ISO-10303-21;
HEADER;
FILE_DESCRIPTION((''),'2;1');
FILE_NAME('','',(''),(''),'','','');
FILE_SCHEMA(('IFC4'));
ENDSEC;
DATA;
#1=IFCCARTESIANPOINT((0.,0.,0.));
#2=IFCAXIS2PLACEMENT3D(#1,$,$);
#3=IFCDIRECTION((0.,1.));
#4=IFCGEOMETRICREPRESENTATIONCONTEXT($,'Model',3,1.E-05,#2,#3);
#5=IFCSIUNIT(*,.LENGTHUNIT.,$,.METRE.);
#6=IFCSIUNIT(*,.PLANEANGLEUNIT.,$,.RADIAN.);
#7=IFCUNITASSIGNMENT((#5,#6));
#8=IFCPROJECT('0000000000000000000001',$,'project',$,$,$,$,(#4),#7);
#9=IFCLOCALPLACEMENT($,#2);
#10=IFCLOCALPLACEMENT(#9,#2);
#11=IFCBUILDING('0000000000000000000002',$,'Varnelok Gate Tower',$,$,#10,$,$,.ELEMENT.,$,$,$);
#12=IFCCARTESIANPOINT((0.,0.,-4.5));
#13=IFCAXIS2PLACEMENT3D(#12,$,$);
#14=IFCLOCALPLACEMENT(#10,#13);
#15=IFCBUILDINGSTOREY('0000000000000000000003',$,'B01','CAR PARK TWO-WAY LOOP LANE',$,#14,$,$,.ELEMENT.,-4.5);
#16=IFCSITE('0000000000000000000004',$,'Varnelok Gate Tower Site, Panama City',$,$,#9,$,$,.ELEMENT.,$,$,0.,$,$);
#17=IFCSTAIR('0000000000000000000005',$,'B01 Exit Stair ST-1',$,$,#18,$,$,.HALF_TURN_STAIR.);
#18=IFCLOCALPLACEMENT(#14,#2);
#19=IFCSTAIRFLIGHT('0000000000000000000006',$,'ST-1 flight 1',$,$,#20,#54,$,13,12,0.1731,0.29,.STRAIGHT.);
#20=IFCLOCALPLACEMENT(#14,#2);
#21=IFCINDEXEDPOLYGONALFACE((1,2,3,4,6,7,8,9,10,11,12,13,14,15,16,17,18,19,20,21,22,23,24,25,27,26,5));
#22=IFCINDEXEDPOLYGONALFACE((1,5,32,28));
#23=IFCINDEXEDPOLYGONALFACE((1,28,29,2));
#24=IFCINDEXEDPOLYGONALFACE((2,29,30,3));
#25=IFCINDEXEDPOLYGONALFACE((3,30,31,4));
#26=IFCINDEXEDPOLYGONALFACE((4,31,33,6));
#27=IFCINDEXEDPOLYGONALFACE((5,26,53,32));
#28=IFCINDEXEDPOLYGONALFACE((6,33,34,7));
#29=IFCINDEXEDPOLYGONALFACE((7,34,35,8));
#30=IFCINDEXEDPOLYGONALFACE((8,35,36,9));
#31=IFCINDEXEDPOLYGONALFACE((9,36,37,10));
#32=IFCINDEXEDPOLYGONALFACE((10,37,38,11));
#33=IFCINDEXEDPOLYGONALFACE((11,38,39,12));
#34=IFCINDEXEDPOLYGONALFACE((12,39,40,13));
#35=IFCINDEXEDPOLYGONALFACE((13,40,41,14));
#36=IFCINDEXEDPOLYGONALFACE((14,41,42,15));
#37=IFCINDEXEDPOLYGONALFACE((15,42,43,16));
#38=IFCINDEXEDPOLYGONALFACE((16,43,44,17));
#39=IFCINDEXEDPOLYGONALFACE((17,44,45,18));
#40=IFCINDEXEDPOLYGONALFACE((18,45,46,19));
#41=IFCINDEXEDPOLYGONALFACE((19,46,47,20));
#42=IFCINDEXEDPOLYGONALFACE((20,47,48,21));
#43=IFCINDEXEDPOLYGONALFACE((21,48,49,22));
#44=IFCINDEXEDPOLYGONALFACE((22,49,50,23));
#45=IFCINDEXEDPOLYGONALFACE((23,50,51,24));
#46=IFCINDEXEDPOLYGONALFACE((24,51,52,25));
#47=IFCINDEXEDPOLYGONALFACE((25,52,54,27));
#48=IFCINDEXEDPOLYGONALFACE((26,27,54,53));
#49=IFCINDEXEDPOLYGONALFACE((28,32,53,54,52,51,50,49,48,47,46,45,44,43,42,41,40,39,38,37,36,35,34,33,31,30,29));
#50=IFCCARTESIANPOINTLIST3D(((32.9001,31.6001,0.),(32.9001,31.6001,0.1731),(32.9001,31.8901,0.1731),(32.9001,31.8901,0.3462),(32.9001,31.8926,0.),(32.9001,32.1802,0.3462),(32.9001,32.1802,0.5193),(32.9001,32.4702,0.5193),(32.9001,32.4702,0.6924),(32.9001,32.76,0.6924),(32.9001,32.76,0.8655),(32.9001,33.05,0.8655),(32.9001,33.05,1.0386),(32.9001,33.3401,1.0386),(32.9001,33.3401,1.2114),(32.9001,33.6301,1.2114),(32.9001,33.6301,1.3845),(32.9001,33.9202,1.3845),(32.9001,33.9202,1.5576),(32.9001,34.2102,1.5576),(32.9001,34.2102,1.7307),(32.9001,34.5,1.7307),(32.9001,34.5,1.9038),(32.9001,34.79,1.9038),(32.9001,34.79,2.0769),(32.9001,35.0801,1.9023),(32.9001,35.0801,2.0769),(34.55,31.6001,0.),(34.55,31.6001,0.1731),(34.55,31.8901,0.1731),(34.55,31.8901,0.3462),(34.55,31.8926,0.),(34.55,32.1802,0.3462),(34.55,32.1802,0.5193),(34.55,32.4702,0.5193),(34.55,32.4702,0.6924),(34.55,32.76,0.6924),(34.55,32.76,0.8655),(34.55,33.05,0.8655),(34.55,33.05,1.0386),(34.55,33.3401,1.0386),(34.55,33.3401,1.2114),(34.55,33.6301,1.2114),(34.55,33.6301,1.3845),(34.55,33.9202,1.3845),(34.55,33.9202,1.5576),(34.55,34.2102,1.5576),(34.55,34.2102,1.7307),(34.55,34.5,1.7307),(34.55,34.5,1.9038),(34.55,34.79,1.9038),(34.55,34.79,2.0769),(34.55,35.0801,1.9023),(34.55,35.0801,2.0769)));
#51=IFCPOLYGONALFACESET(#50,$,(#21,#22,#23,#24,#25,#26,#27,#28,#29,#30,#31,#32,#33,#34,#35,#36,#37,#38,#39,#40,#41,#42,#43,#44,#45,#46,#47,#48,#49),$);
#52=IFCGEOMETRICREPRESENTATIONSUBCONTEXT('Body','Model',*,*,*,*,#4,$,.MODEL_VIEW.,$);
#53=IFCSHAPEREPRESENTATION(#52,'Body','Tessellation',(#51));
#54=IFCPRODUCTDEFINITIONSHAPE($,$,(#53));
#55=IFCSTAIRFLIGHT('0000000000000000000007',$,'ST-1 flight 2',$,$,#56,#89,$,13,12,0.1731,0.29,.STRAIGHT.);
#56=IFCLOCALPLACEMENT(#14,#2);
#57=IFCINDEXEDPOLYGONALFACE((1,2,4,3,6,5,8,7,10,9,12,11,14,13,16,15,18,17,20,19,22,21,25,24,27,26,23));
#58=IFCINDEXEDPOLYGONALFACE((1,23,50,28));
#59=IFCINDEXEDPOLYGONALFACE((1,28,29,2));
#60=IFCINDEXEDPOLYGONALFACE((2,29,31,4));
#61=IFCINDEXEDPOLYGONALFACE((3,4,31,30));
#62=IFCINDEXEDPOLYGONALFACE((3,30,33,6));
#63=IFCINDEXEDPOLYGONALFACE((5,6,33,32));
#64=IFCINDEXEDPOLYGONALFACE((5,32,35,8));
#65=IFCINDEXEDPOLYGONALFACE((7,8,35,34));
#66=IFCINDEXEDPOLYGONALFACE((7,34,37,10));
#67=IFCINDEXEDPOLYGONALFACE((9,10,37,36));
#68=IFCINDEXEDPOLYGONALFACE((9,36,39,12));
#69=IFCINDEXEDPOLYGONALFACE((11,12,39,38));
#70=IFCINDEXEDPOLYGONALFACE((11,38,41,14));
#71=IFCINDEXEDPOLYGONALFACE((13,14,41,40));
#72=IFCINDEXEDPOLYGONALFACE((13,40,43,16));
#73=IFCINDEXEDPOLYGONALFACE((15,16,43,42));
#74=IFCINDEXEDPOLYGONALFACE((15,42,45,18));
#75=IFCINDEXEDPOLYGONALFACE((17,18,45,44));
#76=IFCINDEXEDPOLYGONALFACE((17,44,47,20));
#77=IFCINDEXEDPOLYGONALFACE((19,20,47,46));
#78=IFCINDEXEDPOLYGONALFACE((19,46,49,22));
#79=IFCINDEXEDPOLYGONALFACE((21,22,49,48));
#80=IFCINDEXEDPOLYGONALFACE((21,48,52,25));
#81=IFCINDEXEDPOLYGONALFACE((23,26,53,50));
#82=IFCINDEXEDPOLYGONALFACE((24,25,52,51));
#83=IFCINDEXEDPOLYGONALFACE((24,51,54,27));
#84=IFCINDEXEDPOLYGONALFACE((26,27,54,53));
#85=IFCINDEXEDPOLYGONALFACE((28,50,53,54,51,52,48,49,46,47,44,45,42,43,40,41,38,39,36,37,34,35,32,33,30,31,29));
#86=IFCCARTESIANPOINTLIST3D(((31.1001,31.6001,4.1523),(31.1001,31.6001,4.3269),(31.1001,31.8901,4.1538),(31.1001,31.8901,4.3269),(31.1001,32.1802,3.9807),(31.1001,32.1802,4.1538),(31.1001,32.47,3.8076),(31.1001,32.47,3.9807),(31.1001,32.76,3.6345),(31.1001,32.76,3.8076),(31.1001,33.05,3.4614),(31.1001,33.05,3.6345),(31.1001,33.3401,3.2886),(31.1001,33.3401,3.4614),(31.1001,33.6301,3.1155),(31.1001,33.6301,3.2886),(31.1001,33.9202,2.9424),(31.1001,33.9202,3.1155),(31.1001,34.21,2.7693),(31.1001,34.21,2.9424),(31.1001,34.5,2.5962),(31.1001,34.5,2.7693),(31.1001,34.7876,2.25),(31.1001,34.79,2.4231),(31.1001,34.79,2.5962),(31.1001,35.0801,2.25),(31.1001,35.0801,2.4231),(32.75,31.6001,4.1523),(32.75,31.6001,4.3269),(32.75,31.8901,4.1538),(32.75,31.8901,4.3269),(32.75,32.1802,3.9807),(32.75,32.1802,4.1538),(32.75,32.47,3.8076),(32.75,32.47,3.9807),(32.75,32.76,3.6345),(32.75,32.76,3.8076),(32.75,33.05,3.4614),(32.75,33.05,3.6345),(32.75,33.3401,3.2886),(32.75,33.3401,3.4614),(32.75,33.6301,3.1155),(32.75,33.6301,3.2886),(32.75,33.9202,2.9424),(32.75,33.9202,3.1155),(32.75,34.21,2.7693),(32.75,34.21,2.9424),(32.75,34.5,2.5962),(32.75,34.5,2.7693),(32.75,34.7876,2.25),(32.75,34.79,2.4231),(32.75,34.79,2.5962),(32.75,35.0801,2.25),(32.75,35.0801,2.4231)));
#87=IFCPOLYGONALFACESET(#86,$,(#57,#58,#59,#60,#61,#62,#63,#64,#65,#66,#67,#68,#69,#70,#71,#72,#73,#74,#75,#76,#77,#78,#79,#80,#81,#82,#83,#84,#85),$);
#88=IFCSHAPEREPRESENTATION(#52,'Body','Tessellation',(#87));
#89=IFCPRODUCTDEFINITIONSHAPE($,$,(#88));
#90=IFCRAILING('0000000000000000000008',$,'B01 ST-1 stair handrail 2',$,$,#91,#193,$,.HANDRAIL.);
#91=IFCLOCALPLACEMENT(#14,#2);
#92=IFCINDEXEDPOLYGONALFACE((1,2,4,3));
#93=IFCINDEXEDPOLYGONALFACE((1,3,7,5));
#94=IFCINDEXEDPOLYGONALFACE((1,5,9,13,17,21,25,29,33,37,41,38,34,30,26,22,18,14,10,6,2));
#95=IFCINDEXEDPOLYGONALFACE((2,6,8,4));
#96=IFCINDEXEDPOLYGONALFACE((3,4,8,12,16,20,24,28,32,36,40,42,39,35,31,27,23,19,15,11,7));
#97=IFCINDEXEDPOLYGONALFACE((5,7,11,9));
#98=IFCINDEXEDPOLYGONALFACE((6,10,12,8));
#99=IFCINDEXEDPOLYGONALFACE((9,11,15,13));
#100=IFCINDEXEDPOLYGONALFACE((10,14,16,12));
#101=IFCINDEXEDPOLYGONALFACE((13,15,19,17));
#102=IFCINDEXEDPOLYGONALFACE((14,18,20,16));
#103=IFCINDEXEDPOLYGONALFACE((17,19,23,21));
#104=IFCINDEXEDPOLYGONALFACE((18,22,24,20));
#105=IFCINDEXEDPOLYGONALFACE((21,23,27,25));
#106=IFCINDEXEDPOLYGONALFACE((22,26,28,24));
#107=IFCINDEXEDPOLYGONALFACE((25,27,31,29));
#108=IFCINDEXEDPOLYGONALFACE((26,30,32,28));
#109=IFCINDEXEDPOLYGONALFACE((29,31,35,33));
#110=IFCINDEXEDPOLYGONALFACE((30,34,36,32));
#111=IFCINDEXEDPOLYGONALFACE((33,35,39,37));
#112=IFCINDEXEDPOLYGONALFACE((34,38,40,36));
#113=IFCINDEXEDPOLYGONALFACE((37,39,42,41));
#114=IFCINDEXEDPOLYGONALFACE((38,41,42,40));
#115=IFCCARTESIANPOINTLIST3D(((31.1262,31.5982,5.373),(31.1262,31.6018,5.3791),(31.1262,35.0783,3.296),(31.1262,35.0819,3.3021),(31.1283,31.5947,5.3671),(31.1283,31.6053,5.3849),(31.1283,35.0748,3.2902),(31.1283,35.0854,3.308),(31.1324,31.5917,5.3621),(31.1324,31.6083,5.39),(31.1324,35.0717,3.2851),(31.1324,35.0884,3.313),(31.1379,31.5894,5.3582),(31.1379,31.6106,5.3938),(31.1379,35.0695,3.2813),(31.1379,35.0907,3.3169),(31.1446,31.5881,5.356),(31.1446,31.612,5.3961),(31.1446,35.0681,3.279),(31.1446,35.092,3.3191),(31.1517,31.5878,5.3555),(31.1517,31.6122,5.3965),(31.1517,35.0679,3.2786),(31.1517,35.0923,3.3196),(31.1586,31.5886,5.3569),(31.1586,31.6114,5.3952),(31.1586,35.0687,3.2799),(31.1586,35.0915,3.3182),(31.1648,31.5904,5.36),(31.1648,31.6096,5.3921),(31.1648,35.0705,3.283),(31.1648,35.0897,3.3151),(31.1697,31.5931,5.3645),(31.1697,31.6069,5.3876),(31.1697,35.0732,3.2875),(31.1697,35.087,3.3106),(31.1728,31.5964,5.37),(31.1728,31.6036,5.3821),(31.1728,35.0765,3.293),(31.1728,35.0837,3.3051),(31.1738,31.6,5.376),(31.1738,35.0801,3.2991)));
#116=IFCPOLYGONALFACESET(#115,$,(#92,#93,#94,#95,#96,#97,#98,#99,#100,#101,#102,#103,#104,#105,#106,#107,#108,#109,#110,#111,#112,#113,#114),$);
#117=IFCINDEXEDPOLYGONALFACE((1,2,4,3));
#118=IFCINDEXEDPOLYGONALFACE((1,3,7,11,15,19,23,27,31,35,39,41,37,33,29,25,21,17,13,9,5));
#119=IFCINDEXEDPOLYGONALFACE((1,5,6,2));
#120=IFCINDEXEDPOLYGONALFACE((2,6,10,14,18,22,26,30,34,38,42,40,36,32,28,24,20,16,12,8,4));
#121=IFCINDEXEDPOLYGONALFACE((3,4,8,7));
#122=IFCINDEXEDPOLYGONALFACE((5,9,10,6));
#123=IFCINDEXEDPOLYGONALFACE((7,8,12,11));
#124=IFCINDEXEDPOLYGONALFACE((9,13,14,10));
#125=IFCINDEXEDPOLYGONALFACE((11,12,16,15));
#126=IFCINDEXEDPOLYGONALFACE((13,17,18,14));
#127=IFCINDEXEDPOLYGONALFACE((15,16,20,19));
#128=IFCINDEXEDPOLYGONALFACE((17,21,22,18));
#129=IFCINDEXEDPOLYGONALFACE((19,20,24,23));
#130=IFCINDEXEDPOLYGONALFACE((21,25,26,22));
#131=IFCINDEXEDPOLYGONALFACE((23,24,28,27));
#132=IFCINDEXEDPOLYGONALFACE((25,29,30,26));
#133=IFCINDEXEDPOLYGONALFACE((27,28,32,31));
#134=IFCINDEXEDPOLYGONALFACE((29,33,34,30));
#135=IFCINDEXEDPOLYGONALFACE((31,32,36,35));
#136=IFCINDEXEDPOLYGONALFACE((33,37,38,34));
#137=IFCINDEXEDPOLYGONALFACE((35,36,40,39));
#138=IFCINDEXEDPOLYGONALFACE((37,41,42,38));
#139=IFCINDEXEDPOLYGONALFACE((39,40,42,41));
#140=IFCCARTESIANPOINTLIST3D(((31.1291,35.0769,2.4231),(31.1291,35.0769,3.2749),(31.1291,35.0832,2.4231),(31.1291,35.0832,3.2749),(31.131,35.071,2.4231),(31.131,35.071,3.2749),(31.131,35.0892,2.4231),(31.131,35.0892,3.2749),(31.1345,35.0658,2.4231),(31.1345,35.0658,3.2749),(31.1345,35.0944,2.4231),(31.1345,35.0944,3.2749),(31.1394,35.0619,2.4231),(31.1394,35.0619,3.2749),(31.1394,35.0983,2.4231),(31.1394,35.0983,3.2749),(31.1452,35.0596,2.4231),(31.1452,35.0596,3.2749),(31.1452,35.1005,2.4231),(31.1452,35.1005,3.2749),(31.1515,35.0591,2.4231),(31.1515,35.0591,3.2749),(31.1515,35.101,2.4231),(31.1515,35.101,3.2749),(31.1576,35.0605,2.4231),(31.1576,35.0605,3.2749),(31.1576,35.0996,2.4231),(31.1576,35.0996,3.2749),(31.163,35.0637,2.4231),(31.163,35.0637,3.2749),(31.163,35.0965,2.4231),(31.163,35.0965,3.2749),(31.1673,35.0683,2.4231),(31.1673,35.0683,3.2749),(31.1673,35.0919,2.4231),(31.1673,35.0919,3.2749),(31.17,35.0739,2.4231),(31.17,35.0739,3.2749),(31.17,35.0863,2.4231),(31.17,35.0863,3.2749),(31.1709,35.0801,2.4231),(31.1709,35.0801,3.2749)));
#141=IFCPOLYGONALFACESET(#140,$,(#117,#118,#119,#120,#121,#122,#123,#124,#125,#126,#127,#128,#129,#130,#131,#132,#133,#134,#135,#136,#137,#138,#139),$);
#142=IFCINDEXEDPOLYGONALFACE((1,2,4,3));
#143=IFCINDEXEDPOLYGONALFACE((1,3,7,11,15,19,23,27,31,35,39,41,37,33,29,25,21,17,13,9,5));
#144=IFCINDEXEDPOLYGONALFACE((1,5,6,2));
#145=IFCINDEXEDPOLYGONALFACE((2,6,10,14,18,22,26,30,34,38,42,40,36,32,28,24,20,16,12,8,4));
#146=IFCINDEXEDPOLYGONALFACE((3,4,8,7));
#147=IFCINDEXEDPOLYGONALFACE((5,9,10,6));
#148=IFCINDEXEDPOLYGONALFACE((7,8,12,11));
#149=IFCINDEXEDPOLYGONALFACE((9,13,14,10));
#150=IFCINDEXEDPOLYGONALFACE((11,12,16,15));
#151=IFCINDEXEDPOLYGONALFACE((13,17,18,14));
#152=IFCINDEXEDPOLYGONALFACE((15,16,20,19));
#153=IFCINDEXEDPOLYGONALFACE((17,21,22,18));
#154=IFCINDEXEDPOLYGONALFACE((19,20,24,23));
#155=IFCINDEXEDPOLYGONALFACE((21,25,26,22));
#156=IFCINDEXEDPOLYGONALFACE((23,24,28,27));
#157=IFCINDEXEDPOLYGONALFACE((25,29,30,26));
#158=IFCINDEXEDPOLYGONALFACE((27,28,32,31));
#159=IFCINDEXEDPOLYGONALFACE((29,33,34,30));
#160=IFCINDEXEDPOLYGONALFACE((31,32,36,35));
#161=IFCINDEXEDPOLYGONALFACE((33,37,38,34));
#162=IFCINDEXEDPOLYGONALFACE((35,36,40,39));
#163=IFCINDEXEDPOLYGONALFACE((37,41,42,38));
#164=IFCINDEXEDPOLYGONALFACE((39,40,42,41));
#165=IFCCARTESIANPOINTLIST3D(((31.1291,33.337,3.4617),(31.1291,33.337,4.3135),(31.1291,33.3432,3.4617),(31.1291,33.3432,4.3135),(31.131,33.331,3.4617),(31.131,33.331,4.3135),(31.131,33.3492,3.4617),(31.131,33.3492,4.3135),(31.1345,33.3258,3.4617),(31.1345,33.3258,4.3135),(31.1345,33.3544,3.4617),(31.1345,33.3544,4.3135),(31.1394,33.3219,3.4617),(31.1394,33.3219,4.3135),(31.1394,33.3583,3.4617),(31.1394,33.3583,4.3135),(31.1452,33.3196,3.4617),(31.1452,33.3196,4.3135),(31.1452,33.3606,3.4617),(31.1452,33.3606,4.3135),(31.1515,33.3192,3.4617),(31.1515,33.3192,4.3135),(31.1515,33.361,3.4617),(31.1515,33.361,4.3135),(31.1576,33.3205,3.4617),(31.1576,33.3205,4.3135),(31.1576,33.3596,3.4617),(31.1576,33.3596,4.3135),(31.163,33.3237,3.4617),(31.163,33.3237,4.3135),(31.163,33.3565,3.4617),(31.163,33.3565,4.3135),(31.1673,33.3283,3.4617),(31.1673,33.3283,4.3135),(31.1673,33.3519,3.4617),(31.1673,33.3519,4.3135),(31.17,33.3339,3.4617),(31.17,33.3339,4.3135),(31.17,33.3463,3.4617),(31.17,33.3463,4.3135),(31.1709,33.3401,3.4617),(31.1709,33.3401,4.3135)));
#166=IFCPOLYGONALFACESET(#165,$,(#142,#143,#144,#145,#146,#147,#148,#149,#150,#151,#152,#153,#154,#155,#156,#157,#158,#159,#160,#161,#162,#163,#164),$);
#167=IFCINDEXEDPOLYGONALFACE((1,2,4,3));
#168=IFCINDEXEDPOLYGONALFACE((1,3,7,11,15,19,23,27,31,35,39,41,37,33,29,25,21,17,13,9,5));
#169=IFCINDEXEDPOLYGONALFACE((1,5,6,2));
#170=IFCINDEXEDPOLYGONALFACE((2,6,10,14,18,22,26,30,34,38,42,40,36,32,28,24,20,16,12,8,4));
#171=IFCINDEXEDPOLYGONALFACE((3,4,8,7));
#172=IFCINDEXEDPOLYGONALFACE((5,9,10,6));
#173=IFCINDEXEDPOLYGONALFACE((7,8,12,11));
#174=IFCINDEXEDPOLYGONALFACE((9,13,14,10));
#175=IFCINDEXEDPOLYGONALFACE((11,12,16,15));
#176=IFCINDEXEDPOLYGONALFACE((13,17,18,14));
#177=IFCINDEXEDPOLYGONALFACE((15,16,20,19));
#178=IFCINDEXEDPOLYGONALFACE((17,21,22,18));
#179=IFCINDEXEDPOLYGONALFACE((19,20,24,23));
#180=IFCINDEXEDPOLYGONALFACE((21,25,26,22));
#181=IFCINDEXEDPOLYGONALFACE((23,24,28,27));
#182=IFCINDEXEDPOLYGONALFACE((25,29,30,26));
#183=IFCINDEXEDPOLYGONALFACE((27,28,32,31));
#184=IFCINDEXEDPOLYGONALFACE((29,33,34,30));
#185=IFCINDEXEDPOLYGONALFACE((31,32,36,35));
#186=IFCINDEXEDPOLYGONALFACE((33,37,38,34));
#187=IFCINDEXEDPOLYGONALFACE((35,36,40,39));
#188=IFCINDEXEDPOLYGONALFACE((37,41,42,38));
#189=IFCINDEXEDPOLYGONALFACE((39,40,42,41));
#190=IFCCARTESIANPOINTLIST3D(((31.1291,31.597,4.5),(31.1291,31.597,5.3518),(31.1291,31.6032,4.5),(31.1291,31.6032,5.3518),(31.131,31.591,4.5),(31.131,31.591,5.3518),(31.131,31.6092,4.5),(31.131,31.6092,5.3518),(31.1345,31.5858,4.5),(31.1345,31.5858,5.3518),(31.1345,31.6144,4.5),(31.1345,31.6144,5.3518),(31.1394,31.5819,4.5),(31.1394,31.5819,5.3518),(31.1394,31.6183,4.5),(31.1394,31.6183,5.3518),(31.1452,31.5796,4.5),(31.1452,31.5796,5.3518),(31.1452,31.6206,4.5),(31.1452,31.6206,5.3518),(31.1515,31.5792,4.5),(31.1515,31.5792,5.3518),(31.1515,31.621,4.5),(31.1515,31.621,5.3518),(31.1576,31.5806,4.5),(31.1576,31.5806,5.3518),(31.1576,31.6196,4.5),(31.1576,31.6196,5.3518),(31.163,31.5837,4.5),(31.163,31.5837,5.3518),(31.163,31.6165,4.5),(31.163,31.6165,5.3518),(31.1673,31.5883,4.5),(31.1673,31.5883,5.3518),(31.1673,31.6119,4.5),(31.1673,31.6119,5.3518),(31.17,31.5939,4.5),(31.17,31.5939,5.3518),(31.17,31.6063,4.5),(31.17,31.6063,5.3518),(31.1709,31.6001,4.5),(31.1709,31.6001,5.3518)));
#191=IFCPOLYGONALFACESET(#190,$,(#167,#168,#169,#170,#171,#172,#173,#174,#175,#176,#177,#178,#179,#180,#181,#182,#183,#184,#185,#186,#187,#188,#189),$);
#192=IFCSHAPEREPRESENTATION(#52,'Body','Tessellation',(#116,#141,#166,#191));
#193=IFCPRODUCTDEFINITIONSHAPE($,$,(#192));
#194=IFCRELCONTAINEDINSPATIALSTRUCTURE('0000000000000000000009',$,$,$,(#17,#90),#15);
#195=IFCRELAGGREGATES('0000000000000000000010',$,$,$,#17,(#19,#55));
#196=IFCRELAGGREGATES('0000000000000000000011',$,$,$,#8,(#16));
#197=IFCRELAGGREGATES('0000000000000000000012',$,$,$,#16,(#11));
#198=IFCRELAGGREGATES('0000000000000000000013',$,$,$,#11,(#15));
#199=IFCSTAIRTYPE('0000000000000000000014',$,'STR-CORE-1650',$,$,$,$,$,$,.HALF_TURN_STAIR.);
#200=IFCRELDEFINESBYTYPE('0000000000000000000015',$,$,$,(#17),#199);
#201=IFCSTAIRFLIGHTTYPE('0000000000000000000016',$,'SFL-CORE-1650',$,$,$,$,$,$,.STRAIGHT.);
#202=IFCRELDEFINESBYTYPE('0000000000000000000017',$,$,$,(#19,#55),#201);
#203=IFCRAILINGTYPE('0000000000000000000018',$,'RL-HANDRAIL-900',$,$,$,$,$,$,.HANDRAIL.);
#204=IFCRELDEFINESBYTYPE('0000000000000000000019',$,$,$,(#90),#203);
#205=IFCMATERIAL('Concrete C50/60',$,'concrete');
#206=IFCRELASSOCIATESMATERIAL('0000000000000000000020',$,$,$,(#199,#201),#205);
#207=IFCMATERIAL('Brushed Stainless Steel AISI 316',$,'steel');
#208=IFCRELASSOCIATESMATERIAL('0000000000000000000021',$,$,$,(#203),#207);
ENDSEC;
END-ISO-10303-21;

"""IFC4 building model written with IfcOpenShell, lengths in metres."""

from ifc_helpers import new_model, si_unit, direction, frame, origin, origin_2d, place, context, subcontext, project, spatial, polyline, circle, outline, extrude, material, type_object, element, aggregate, save


model = new_model("IFC4")

# Units and contexts
model_context = context("Model", 3, precision=1e-05, world=origin(), true_north=direction((0.0, 1.0)))
body_context = subcontext(model_context, "Body", "Model", "MODEL_VIEW")
ifc_project = project(units=[si_unit("LENGTHUNIT", "METRE"), si_unit("PLANEANGLEUNIT", "RADIAN")], contexts=[model_context])

# Site, building, storey
site_placement = place(None, origin())
site = spatial("IfcSite", under=ifc_project, at=site_placement, Name="Varnelok Gate Tower Site, Panama City", CompositionType="ELEMENT", RefElevation=0.0)
building_placement = place(site_placement, origin())
building = spatial("IfcBuilding", under=site, at=building_placement, Name="Varnelok Gate Tower", CompositionType="ELEMENT")
storey_placement = place(building_placement, frame((0.0, 0.0, -4.5)))
storey = spatial("IfcBuildingStorey", under=building, at=storey_placement, Name="B01", Description="CAR PARK TWO-WAY LOOP LANE", CompositionType="ELEMENT", Elevation=-4.5)

# Stair, stair flights
ifc_material_1 = material(Name="Concrete C50/60", Category="concrete")
stair_type = type_object("IfcStairType", Name="STR-CORE-1650", PredefinedType="HALF_TURN_STAIR", material=ifc_material_1)
stair_placement = place(storey_placement, origin())
stair = element("IfcStair", 1, at=stair_placement, inside=storey, type_object=stair_type, Name="B01 Exit Stair ST-1", PredefinedType="HALF_TURN_STAIR")
stair_flight_type = type_object("IfcStairFlightType", Name="SFL-CORE-1650", PredefinedType="STRAIGHT", material=ifc_material_1)
stair_flight_1_placement = place(storey_placement, frame((33.7251, 31.6001, 0.0), z_axis=(0.0, 0.0, 1.0), x_axis=(0.0, 1.0, 0.0)))
stair_flight_1 = element("IfcStairFlight", 2, at=stair_flight_1_placement, type_object=stair_flight_type, Name="ST-1 flight 1", NumberOfRisers=13, NumberOfTreads=12, PredefinedType="STRAIGHT", RiserHeight=0.1731, TreadLength=0.29, context=body_context, shape_type="SweptSolid", body=[
    extrude(outline(polyline([(0.0, 0.0), (0.0, 0.1731), (0.29, 0.1731), (0.29, 0.3462), (0.5801, 0.3462), (0.5801, 0.5193), (0.8701, 0.5193), (0.8701, 0.6924), (1.1599, 0.6924), (1.1599, 0.8655), (1.45, 0.8655), (1.45, 1.0386), (1.74, 1.0386), (1.74, 1.2114), (2.03, 1.2114), (2.03, 1.3845), (2.3201, 1.3845), (2.3201, 1.5576), (2.6101, 1.5576), (2.6101, 1.7307), (2.8999, 1.7307), (2.8999, 1.9038), (3.1899, 1.9038), (3.1899, 2.0769), (3.48, 2.0769), (3.48, 2.25), (3.48, 1.9023), (0.2925, 0.0), (0.0, 0.0)])), frame((0.0, 0.825, 0.0), z_axis=(0.0, -1.0, 0.0), x_axis=(1.0, 0.0, 0.0)), (0.0, 0.0, 1.0), 1.6499),
])
stair_flight_2_placement = place(storey_placement, frame((31.925, 35.0801, 2.25), z_axis=(0.0, 0.0, 1.0), x_axis=(0.0, -1.0, 0.0)))
stair_flight_2 = element("IfcStairFlight", 3, at=stair_flight_2_placement, type_object=stair_flight_type, Name="ST-1 flight 2", NumberOfRisers=13, NumberOfTreads=12, PredefinedType="STRAIGHT", RiserHeight=0.1731, TreadLength=0.29, context=body_context, shape_type="SweptSolid", body=[
    extrude(outline(polyline([(0.0, 0.0), (0.0, 0.1731), (0.29, 0.1731), (0.29, 0.3462), (0.5801, 0.3462), (0.5801, 0.5193), (0.8701, 0.5193), (0.8701, 0.6924), (1.1599, 0.6924), (1.1599, 0.8655), (1.45, 0.8655), (1.45, 1.0386), (1.74, 1.0386), (1.74, 1.2114), (2.03, 1.2114), (2.03, 1.3845), (2.3201, 1.3845), (2.3201, 1.5576), (2.6101, 1.5576), (2.6101, 1.7307), (2.8999, 1.7307), (2.8999, 1.9038), (3.1899, 1.9038), (3.1899, 2.0769), (3.48, 2.0769), (3.48, 2.25), (3.48, 1.9023), (0.2925, 0.0), (0.0, 0.0)])), frame((0.0, 0.825, 0.0), z_axis=(0.0, -1.0, 0.0), x_axis=(1.0, 0.0, 0.0)), (0.0, 0.0, 1.0), 1.6499),
])
aggregate(stair, [stair_flight_1, stair_flight_2])

# Railing
ifc_material_2 = material(Name="Brushed Stainless Steel AISI 316", Category="steel")
railing_type_1 = type_object("IfcRailingType", Name="RL-HANDRAIL-900", PredefinedType="HANDRAIL", material=ifc_material_2)
railing_1_placement = place(storey_placement, frame((31.1499, 35.0801, 2.4231)))
element("IfcRailing", 4, at=railing_1_placement, inside=storey, type_object=railing_type_1, Name="B01 ST-1 stair handrail 2", PredefinedType="HANDRAIL", context=body_context, shape_type="SweptSolid", body=[
    extrude(circle(Radius=0.0239, at=origin_2d()), frame((0.0, 0.0, 0.876), z_axis=(0.0, -0.858697, 0.512483), x_axis=(1.0, 0.0, 0.0)), (0.0, 0.0, 1.0), 4.0527),
    extrude(circle(Radius=0.021, at=origin_2d()), origin(), (0.0, 0.0, 1.0), 0.8518),
    extrude(circle(Radius=0.021, at=origin_2d()), frame((0.0, -1.74, 1.0386)), (0.0, 0.0, 1.0), 0.8518),
    extrude(circle(Radius=0.021, at=origin_2d()), frame((0.0, -3.48, 2.0769)), (0.0, 0.0, 1.0), 0.8518),
])

save(model, "model.ifc")
